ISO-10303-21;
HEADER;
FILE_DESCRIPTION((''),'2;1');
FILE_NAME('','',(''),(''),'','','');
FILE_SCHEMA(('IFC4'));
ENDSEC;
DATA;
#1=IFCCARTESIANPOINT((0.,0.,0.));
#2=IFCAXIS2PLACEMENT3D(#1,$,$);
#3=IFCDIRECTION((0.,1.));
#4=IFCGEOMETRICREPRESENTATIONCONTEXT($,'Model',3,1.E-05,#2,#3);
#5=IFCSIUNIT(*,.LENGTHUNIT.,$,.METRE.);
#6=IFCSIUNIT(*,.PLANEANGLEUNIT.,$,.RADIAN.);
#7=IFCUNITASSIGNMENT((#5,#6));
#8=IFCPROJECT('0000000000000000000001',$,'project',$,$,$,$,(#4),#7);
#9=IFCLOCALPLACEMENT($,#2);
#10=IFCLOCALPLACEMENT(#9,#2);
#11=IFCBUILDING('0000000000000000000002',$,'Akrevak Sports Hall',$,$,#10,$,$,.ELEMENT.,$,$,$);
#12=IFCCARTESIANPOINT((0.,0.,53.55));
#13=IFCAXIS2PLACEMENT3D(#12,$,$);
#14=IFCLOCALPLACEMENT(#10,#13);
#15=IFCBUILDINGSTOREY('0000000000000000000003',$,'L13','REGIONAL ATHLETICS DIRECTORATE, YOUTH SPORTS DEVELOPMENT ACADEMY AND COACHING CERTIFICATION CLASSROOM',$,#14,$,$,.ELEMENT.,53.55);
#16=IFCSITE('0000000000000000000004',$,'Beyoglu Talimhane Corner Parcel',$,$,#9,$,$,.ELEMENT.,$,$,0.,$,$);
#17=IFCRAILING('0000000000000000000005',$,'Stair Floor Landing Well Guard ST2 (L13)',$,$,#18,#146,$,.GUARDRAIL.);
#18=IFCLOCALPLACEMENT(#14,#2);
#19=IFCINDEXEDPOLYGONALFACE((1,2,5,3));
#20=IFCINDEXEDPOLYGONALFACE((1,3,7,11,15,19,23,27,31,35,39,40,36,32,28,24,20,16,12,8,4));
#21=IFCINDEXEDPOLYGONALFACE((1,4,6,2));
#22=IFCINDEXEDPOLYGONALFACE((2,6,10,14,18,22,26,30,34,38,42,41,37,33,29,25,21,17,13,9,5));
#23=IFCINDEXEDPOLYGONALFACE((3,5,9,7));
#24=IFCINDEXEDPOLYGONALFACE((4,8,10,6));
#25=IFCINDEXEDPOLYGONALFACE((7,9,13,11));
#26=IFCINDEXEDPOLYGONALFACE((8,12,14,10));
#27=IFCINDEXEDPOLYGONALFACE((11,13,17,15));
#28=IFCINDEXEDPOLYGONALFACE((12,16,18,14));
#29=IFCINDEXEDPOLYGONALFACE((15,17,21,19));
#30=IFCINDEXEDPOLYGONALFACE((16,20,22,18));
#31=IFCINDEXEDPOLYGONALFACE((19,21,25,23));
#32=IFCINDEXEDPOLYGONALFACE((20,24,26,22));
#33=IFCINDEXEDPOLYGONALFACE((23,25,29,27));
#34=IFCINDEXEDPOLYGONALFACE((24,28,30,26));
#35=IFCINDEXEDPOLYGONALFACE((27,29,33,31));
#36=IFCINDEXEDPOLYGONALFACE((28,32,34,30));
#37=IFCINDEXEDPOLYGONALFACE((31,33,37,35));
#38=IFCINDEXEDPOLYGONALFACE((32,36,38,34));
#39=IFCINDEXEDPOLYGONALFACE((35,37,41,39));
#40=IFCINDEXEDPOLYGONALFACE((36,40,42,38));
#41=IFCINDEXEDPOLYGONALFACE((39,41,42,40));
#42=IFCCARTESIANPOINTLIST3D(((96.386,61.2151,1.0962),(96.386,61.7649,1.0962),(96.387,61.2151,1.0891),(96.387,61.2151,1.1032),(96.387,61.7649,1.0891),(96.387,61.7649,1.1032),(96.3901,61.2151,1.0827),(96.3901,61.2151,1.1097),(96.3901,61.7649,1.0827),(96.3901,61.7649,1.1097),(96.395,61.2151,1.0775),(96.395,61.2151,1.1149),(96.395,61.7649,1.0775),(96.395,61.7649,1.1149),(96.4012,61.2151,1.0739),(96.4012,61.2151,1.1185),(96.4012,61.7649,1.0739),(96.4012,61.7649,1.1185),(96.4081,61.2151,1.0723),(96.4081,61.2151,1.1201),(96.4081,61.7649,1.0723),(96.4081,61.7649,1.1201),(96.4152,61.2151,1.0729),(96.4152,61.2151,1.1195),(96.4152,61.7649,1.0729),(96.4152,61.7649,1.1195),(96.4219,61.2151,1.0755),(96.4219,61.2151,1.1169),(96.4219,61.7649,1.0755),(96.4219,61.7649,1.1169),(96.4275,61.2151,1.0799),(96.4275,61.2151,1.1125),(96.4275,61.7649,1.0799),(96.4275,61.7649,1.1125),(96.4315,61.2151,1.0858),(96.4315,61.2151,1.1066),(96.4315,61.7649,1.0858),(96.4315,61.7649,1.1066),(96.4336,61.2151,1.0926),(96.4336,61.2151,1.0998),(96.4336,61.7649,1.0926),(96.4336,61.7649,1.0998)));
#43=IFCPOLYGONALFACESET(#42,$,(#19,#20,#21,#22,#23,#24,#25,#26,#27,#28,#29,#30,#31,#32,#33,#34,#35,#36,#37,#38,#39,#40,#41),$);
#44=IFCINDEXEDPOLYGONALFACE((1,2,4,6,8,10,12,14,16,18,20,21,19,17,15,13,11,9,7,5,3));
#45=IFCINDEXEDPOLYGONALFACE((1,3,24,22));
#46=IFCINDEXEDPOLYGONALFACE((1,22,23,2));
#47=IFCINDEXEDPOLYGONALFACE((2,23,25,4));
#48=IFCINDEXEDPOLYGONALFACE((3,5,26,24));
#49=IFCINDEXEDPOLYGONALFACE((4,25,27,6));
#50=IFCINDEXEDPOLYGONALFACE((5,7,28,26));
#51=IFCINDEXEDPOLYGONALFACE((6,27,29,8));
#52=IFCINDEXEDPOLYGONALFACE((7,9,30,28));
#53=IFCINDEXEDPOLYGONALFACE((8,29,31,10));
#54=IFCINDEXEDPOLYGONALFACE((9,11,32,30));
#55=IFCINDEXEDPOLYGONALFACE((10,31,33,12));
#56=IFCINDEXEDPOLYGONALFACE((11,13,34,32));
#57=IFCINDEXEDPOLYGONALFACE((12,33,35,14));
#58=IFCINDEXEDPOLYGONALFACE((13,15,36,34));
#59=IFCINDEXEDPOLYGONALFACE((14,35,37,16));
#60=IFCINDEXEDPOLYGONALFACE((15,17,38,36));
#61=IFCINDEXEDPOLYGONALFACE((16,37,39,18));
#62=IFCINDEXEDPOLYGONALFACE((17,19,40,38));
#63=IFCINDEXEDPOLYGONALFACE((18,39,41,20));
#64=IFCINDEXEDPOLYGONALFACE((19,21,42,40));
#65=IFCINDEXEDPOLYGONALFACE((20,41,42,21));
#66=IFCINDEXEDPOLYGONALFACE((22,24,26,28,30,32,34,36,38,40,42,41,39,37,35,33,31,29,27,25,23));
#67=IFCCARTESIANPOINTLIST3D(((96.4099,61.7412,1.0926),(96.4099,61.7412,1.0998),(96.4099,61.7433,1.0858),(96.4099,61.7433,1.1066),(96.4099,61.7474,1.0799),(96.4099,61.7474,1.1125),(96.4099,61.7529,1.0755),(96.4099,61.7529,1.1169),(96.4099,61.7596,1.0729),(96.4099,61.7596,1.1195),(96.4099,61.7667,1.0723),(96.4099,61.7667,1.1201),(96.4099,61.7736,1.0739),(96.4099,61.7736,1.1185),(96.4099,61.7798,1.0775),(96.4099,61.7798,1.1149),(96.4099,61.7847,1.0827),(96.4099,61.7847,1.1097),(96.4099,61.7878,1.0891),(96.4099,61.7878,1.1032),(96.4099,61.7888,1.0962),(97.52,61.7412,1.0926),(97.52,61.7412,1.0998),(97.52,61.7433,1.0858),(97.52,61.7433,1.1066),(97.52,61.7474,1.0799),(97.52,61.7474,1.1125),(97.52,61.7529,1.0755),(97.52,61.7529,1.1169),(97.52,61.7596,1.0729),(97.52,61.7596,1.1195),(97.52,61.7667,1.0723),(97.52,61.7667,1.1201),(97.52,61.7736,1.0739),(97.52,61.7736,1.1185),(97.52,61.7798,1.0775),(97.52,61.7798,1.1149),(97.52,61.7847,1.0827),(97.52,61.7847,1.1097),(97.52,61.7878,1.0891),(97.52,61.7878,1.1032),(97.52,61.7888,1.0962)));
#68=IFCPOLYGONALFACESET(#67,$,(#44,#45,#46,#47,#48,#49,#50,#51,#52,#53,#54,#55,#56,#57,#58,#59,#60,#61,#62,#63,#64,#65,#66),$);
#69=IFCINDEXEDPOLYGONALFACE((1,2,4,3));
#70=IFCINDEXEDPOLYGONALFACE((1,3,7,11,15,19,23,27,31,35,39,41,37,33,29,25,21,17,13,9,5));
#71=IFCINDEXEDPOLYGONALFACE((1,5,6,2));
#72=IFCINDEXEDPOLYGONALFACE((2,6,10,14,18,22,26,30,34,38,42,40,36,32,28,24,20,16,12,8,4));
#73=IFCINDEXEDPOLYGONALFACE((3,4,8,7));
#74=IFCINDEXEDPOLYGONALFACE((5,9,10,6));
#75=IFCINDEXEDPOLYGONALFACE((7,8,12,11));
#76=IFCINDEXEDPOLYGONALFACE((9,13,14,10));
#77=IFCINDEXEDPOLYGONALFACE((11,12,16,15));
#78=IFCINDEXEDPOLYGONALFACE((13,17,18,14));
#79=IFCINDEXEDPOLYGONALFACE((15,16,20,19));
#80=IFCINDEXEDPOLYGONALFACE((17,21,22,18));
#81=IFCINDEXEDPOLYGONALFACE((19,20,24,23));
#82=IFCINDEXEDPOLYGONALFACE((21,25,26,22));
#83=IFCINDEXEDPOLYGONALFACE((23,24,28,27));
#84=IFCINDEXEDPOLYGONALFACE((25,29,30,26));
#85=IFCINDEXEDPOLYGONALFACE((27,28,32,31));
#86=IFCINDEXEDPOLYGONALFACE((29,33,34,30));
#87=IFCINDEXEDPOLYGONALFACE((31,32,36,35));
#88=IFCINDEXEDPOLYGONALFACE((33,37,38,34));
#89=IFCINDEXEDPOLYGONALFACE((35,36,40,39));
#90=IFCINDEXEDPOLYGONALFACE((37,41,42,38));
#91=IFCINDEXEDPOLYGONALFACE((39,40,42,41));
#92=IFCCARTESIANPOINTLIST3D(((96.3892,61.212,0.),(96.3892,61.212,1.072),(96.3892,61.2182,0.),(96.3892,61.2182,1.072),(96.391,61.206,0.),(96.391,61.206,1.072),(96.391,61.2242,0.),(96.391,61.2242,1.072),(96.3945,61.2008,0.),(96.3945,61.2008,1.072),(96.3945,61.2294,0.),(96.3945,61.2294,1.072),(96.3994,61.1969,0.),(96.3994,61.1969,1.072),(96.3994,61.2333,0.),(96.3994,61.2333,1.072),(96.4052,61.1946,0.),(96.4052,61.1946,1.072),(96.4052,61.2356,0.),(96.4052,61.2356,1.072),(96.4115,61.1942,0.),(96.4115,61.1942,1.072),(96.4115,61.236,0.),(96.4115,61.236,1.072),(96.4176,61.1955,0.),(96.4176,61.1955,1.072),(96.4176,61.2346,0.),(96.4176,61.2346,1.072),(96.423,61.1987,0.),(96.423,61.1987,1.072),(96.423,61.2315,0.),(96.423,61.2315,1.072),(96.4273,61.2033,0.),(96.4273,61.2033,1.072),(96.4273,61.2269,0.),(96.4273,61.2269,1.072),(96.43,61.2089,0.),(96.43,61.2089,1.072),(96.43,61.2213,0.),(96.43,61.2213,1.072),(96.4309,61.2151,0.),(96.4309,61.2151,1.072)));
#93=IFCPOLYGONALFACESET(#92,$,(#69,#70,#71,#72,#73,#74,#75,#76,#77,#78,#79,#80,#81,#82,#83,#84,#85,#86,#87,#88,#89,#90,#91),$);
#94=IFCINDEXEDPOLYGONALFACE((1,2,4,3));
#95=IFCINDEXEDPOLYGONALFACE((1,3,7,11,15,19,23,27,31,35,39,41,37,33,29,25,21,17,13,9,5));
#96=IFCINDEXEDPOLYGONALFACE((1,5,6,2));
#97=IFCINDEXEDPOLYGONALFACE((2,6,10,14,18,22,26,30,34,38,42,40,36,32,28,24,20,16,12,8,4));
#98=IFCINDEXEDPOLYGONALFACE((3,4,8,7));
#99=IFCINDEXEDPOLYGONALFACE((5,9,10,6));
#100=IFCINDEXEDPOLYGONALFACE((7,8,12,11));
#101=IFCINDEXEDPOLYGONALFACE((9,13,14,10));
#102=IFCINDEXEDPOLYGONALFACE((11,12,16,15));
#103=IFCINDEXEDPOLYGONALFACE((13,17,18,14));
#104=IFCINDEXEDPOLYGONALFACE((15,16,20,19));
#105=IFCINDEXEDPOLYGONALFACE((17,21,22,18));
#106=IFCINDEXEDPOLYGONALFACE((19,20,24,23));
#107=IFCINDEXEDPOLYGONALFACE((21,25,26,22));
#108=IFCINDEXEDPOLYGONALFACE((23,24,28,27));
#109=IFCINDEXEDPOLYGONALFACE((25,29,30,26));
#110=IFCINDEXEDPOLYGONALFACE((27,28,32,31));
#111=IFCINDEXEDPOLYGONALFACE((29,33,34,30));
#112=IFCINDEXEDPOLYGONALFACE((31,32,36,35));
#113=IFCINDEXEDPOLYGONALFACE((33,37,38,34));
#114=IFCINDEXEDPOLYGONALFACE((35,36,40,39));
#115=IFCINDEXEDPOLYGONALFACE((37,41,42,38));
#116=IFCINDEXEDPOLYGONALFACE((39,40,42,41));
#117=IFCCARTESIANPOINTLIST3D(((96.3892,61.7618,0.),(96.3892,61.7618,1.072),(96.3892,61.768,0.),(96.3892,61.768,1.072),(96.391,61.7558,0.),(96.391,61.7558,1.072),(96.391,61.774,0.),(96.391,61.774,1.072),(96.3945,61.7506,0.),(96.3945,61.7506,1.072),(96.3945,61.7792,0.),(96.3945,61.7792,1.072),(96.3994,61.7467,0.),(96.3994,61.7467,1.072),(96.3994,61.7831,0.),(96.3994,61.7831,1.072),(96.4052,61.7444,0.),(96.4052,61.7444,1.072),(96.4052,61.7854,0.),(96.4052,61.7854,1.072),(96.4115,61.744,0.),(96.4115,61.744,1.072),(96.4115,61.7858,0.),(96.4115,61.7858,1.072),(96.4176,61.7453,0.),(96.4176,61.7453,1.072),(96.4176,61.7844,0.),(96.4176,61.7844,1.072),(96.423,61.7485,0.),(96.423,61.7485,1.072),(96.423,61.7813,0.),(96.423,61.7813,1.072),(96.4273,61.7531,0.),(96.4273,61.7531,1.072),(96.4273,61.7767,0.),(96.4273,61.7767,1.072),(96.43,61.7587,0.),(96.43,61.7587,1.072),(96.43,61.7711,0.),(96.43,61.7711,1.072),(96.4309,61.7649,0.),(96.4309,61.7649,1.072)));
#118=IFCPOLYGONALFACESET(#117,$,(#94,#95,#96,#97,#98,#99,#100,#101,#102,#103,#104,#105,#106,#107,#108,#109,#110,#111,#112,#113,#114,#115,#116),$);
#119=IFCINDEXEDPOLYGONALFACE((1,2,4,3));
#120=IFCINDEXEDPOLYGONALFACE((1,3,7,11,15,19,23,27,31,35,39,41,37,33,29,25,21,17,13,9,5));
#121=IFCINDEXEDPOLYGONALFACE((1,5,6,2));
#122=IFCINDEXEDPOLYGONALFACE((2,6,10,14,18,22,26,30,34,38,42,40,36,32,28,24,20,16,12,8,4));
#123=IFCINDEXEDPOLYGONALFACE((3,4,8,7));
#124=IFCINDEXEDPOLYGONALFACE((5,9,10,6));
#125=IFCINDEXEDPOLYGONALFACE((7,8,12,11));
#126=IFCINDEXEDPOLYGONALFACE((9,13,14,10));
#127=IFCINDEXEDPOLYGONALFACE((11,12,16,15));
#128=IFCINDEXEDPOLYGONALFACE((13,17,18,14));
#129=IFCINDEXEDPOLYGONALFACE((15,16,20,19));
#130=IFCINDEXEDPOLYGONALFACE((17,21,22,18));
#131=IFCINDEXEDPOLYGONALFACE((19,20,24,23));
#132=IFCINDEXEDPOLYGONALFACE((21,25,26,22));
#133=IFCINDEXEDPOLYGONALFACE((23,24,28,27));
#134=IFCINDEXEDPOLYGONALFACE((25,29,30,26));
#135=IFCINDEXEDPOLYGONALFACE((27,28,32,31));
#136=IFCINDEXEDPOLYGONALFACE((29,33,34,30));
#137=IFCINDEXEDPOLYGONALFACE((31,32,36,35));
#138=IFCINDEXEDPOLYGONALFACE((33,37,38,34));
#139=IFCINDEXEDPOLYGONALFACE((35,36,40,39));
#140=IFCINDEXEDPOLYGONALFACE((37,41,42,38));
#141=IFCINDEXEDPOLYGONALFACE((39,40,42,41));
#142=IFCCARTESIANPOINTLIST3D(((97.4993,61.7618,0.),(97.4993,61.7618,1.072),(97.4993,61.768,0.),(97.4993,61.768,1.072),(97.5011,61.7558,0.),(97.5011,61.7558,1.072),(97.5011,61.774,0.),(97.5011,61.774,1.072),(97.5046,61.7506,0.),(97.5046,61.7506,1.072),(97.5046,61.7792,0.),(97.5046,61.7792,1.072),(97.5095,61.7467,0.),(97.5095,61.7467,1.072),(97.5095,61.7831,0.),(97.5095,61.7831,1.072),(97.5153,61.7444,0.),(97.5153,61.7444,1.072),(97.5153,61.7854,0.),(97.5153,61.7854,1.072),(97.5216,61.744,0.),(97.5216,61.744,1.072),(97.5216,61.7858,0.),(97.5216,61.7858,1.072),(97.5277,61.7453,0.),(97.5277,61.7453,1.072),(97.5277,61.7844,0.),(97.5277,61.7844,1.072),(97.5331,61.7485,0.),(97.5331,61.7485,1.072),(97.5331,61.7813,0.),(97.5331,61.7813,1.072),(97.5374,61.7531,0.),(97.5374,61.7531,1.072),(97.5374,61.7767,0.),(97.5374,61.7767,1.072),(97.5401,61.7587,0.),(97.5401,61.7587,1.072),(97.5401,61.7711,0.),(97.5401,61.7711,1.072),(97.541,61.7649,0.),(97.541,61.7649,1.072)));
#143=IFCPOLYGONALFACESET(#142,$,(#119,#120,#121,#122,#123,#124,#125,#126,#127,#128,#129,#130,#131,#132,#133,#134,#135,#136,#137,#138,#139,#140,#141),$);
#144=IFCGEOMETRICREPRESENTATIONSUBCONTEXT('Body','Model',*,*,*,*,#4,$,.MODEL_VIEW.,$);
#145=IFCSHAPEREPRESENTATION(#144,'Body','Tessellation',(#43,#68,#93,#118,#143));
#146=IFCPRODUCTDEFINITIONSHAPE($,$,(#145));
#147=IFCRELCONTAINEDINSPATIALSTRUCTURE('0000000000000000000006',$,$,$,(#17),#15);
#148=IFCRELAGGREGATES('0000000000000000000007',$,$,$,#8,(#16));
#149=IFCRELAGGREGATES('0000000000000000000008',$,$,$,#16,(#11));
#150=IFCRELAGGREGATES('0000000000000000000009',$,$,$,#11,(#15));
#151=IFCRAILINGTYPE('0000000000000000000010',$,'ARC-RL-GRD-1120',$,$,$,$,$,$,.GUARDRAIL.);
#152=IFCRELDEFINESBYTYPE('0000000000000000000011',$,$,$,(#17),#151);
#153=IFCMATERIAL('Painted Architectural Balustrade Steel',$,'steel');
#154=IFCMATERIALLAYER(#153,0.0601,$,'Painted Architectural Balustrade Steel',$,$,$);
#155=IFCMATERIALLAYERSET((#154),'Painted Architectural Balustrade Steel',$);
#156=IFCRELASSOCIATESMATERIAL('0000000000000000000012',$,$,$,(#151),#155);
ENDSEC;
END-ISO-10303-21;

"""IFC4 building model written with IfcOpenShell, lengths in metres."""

from ifc_helpers import new_model, si_unit, direction, frame, origin, origin_2d, place, context, subcontext, project, spatial, circle, extrude, material, layer, layer_set, type_object, element, save


model = new_model("IFC4")

# Units and contexts
model_context = context("Model", 3, precision=1e-05, world=origin(), true_north=direction((0.0, 1.0)))
body_context = subcontext(model_context, "Body", "Model", "MODEL_VIEW")
ifc_project = project(units=[si_unit("LENGTHUNIT", "METRE"), si_unit("PLANEANGLEUNIT", "RADIAN")], contexts=[model_context])

# Site, building, storey
site_placement = place(None, origin())
site = spatial("IfcSite", under=ifc_project, at=site_placement, Name="Beyoglu Talimhane Corner Parcel", CompositionType="ELEMENT", RefElevation=0.0)
building_placement = place(site_placement, origin())
building = spatial("IfcBuilding", under=site, at=building_placement, Name="Akrevak Sports Hall", CompositionType="ELEMENT")
storey_placement = place(building_placement, frame((0.0, 0.0, 53.55)))
storey = spatial("IfcBuildingStorey", under=building, at=storey_placement, Name="L13", Description="REGIONAL ATHLETICS DIRECTORATE, YOUTH SPORTS DEVELOPMENT ACADEMY AND COACHING CERTIFICATION CLASSROOM", CompositionType="ELEMENT", Elevation=53.55)

# Railing
ifc_material_1 = material(Name="Painted Architectural Balustrade Steel", Category="steel")
ifc_layer_1 = layer(ifc_material_1, 0.0601, Name="Painted Architectural Balustrade Steel")
ifc_layer_set_1 = layer_set([ifc_layer_1], Name="Painted Architectural Balustrade Steel")
railing_type_1 = type_object("IfcRailingType", Name="ARC-RL-GRD-1120", PredefinedType="GUARDRAIL", material=ifc_layer_set_1)
railing_1_placement = place(storey_placement, frame((96.4099, 61.2151, 0.0)))
element("IfcRailing", 1, at=railing_1_placement, inside=storey, type_object=railing_type_1, Name="Stair Floor Landing Well Guard ST2 (L13)", PredefinedType="GUARDRAIL", context=body_context, shape_type="SweptSolid", body=[
    extrude(circle(Radius=0.0239, at=origin_2d()), frame((0.0, 0.0, 1.0962), z_axis=(0.0, 1.0, 0.0), x_axis=(-1.0, 0.0, 0.0)), (0.0, 0.0, 1.0), 0.5498),
    extrude(circle(Radius=0.0239, at=origin_2d()), frame((0.0, 0.5498, 1.0962), z_axis=(1.0, 0.0, 0.0), x_axis=(0.0, 1.0, 0.0)), (0.0, 0.0, 1.0), 1.1101),
    extrude(circle(Radius=0.021, at=origin_2d()), origin(), (0.0, 0.0, 1.0), 1.072),
    extrude(circle(Radius=0.021, at=origin_2d()), frame((0.0, 0.5498, 0.0)), (0.0, 0.0, 1.0), 1.072),
    extrude(circle(Radius=0.021, at=origin_2d()), frame((1.1101, 0.5498, 0.0)), (0.0, 0.0, 1.0), 1.072),
])

save(model, "model.ifc")
